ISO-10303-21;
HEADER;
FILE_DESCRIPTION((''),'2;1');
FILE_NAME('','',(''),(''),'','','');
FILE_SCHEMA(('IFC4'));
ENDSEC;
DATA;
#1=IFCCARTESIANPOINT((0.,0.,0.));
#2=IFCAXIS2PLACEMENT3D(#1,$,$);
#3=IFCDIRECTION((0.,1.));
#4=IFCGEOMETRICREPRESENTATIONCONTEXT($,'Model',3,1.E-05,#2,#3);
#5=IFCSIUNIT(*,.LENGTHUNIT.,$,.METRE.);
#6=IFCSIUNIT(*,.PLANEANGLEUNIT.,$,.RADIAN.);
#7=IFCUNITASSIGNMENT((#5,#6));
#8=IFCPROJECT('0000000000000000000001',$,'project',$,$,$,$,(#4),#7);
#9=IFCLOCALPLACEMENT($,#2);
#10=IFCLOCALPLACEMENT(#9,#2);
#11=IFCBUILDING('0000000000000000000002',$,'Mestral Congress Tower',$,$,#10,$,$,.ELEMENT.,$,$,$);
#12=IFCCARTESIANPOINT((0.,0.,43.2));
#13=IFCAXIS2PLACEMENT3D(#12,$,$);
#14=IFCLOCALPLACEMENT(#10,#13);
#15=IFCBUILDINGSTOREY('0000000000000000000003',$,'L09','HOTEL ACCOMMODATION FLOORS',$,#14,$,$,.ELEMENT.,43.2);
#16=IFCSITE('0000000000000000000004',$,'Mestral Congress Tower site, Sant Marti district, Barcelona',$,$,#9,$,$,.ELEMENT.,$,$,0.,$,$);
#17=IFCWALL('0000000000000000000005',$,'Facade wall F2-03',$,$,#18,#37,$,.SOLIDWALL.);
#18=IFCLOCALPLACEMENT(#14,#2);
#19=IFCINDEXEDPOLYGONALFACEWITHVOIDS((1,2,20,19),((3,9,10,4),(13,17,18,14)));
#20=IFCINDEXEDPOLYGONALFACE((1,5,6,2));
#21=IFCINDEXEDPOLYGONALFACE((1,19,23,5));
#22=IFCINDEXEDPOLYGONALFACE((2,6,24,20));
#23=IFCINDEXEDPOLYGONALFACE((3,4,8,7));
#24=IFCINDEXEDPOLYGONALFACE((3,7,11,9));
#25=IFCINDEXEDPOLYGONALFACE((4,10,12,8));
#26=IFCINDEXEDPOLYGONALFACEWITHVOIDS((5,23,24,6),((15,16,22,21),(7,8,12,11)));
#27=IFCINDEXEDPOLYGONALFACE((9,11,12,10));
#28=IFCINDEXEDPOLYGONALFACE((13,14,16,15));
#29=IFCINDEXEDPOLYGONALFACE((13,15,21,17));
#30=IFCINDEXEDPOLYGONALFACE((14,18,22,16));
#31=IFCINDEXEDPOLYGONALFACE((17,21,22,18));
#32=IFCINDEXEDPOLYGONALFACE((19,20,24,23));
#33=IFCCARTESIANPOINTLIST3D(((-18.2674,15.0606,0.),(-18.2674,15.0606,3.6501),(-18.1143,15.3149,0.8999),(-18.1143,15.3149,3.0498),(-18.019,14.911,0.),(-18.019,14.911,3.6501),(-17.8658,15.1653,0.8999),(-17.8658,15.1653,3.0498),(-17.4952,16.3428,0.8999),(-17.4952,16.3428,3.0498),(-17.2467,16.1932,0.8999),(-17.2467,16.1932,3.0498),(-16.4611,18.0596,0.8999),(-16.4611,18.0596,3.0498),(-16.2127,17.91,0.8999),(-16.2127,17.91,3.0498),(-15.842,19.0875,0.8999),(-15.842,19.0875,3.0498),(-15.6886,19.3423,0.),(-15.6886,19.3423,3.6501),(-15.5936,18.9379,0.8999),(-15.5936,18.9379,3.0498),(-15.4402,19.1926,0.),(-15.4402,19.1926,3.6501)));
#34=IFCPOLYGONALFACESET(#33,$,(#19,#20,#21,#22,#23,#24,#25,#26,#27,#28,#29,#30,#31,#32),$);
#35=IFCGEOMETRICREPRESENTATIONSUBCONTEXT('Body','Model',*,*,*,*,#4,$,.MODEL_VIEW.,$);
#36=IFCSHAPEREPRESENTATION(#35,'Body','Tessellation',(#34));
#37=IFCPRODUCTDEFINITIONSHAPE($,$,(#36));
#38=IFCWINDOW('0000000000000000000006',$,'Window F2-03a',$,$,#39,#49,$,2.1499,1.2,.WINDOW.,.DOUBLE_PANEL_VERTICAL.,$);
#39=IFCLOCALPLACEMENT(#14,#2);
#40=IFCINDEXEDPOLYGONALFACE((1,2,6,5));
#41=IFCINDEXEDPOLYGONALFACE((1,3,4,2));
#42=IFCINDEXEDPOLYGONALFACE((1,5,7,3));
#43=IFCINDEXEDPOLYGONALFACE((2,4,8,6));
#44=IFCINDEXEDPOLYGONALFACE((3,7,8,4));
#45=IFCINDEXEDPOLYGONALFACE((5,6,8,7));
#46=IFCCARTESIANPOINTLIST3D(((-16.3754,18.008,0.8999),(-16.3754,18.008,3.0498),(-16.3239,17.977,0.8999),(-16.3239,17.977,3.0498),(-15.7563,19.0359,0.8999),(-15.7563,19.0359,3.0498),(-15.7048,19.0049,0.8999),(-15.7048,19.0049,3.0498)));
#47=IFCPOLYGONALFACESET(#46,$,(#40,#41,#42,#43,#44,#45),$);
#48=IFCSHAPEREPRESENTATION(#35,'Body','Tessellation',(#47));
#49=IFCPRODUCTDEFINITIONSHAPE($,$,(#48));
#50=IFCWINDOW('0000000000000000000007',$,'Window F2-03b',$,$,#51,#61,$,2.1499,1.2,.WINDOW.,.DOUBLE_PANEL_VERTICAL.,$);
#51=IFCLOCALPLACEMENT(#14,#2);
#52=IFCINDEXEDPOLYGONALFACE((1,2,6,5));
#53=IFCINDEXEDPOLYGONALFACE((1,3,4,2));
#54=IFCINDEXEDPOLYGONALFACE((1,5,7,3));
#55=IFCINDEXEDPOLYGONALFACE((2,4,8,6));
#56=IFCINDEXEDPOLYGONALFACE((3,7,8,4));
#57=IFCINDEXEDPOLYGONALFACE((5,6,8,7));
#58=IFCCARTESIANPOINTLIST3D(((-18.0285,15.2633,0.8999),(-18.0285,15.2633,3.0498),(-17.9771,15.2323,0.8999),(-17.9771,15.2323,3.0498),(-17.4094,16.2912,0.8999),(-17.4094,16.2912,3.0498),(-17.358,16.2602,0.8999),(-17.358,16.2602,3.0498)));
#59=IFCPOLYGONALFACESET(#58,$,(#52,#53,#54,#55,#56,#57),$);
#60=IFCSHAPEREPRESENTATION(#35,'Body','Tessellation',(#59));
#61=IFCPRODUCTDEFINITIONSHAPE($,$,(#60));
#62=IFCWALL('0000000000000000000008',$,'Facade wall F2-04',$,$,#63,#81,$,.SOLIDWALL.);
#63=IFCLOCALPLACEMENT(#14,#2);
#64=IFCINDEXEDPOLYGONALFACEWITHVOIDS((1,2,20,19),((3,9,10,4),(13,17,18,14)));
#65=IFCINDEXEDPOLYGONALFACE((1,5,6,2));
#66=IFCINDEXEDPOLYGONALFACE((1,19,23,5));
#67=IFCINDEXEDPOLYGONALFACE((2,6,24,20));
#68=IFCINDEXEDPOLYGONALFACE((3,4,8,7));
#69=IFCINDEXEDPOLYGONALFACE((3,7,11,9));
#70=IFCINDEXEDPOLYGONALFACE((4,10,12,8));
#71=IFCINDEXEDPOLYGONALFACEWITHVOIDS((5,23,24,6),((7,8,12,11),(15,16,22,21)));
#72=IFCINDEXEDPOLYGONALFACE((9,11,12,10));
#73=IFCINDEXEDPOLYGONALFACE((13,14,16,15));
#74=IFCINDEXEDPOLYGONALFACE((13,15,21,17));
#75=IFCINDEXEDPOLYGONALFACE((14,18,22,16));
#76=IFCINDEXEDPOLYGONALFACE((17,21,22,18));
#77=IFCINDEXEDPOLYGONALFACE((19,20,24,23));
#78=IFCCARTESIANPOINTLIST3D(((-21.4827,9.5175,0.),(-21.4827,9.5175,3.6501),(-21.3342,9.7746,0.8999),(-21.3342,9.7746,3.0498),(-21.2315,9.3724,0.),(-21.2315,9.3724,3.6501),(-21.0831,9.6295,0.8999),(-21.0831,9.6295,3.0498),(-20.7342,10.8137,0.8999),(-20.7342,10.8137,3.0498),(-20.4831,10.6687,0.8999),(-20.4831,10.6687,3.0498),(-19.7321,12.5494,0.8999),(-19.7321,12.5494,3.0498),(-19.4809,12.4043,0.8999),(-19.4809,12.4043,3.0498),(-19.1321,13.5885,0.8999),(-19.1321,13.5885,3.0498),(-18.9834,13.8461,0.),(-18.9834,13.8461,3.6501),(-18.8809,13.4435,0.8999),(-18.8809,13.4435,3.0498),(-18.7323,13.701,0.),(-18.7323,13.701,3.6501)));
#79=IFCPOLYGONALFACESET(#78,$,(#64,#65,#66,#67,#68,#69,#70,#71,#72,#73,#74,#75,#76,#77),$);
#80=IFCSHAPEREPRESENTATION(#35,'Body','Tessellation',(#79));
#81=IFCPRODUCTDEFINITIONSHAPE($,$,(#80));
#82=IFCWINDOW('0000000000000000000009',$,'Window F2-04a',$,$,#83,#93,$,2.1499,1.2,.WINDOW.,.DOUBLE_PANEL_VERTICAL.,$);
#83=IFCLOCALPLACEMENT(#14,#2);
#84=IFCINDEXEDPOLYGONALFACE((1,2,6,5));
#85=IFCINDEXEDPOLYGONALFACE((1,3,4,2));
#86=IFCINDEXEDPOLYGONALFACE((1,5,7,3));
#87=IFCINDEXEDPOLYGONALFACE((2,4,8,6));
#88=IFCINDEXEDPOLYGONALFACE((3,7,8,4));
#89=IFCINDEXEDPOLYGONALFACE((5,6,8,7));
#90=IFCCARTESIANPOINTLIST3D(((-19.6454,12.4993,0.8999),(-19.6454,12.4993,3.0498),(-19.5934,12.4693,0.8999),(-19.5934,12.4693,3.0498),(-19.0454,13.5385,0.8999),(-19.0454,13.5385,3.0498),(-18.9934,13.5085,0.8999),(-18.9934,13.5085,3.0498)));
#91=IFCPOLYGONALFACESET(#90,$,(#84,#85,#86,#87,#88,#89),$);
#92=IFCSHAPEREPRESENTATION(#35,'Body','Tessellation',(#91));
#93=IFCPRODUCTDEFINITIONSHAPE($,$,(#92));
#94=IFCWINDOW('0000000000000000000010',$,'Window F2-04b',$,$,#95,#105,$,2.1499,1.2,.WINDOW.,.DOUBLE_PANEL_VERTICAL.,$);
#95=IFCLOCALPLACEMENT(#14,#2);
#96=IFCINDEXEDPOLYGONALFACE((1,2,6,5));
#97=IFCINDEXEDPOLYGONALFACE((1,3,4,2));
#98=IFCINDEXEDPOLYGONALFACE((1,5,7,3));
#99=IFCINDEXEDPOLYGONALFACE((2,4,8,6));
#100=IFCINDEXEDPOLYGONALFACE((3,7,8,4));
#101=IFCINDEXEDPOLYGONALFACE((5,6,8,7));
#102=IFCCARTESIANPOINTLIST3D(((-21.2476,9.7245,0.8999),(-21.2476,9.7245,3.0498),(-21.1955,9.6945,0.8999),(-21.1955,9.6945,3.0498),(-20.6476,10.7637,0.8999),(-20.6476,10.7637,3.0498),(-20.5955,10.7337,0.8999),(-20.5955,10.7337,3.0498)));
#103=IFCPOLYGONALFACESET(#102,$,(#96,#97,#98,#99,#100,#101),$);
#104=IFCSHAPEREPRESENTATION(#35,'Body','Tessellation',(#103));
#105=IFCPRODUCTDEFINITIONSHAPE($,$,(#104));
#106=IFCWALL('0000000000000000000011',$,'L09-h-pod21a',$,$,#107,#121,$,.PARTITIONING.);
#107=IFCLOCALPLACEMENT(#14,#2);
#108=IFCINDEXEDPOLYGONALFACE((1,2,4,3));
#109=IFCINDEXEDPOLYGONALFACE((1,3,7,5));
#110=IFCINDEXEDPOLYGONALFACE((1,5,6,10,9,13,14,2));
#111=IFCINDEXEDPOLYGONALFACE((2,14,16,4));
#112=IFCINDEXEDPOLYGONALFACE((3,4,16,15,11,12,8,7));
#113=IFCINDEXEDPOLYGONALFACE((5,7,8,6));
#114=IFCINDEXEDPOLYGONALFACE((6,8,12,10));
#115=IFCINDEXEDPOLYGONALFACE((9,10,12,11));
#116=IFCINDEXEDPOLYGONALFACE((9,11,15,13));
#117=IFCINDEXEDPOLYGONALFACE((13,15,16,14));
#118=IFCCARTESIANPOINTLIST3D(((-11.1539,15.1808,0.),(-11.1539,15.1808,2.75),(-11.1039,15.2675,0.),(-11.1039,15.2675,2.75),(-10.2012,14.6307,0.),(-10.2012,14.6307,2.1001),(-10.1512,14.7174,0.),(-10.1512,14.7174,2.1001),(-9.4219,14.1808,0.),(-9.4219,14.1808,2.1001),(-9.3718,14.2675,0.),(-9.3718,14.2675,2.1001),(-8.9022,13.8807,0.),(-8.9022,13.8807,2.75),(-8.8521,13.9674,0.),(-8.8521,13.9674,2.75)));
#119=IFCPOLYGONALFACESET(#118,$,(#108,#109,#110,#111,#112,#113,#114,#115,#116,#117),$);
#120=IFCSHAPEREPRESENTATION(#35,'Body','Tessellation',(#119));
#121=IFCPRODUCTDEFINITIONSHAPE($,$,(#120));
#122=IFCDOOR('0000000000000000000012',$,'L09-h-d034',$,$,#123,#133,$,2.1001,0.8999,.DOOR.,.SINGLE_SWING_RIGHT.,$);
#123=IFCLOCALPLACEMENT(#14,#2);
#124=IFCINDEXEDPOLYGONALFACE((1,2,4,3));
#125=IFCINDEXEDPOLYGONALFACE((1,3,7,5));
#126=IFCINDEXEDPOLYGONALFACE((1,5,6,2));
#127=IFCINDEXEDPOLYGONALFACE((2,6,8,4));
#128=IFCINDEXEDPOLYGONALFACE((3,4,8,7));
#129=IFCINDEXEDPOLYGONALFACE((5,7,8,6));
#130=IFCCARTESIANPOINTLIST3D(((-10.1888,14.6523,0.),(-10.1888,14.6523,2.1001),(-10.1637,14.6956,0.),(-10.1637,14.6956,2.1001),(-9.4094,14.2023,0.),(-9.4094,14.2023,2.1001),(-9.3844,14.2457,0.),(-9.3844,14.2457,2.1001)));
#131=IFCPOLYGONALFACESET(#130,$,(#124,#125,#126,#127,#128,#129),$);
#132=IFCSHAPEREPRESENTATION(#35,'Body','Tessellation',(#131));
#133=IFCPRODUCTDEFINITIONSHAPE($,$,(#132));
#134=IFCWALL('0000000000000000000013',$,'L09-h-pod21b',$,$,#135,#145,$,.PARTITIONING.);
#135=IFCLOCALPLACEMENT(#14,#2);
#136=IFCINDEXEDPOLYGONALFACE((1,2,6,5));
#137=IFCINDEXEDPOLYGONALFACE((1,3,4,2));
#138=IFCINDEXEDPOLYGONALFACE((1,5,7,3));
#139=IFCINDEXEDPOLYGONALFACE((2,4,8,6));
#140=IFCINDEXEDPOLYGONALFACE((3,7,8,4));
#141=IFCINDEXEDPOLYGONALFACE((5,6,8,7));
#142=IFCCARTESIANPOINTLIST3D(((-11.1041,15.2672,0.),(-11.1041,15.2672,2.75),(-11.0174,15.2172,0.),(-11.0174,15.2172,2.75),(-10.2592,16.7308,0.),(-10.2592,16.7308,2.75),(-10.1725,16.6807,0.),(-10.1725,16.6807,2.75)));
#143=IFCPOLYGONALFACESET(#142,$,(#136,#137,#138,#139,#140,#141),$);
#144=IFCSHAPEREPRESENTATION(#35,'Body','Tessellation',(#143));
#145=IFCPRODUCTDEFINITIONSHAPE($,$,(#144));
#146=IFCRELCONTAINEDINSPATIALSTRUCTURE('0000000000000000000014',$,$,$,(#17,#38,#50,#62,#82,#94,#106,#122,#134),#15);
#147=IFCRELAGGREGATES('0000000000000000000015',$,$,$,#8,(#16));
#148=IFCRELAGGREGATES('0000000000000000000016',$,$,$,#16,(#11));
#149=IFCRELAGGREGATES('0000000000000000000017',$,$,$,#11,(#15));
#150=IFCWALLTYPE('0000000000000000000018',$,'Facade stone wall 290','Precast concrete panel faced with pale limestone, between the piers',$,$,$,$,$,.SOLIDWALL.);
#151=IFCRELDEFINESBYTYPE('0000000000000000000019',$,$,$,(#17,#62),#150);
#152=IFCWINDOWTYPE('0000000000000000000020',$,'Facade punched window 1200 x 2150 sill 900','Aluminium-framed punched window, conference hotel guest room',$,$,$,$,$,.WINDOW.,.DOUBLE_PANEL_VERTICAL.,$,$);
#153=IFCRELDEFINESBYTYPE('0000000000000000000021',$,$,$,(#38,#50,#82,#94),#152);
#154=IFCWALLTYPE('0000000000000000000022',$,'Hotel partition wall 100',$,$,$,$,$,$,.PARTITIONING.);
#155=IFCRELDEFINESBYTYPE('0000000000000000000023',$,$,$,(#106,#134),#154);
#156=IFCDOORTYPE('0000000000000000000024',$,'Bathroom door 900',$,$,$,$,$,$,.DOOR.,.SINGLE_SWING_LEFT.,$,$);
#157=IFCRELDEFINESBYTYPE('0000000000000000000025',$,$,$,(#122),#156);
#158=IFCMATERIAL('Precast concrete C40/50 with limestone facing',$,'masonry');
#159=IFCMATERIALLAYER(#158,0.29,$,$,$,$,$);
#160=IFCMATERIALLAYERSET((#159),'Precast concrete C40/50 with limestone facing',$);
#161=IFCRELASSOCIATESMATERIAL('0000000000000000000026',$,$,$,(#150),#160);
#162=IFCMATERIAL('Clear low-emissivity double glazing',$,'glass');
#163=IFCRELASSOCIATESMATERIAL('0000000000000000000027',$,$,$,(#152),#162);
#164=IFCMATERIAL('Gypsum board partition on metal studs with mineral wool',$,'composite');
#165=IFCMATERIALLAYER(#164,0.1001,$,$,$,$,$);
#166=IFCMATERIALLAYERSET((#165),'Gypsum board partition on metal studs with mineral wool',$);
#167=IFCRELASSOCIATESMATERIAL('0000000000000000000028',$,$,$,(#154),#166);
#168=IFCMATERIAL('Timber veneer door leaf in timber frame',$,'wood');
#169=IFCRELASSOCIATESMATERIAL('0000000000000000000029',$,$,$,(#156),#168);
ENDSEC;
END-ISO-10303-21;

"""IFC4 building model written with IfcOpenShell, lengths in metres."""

from ifc_helpers import new_model, si_unit, direction, frame, frame_2d, origin, place, context, subcontext, project, spatial, rectangle, extrude, material, layer, layer_set, type_object, element, fill, save


model = new_model("IFC4")

# Units and contexts
model_context = context("Model", 3, precision=1e-05, world=origin(), true_north=direction((0.0, 1.0)))
body_context = subcontext(model_context, "Body", "Model", "MODEL_VIEW")
ifc_project = project(units=[si_unit("LENGTHUNIT", "METRE"), si_unit("PLANEANGLEUNIT", "RADIAN")], contexts=[model_context])

# Site, building, storey
site_placement = place(None, origin())
site = spatial("IfcSite", under=ifc_project, at=site_placement, Name="Mestral Congress Tower site, Sant Marti district, Barcelona", CompositionType="ELEMENT", RefElevation=0.0)
building_placement = place(site_placement, origin())
building = spatial("IfcBuilding", under=site, at=building_placement, Name="Mestral Congress Tower", CompositionType="ELEMENT")
storey_placement = place(building_placement, frame((0.0, 0.0, 43.2)))
storey = spatial("IfcBuildingStorey", under=building, at=storey_placement, Name="L09", Description="HOTEL ACCOMMODATION FLOORS", CompositionType="ELEMENT", Elevation=43.2)

# Walls, openings, windows
ifc_material_1 = material(Name="Precast concrete C40/50 with limestone facing", Category="masonry")
ifc_layer_1 = layer(ifc_material_1, 0.29)
ifc_layer_set_1 = layer_set([ifc_layer_1], Name="Precast concrete C40/50 with limestone facing")
wall_type_1 = type_object("IfcWallType", Name="Facade stone wall 290", Description="Precast concrete panel faced with pale limestone, between the piers", PredefinedType="SOLIDWALL", material=ifc_layer_set_1)
wall_1_placement = place(storey_placement, frame((-15.5645, 19.2673, 0.0), z_axis=(0.0, 0.0, 1.0), x_axis=(-0.515939, -0.856625, 0.0)))
wall_1 = element("IfcWall", 1, at=wall_1_placement, inside=storey, type_object=wall_type_1, Name="Facade wall F2-03", PredefinedType="SOLIDWALL", context=body_context, shape_type="SweptSolid", body=[
    extrude(rectangle(XDim=4.9983, YDim=0.29, at=frame_2d((2.499, 0.0))), origin(), (0.0, 0.0, 1.0), 3.6501),
])
opening_1_placement = place(wall_1_placement, frame((0.2971, 0.0, 0.8999)))
opening_1 = element("IfcOpeningElement", 2, at=opening_1_placement, cuts=wall_1, PredefinedType="OPENING", context=body_context, shape_type="SweptSolid", body=[
    extrude(rectangle(XDim=1.2, YDim=2.1499, at=frame_2d((0.6001, 1.075))), frame((0.0, 0.155, 0.0), z_axis=(0.0, -1.0, 0.0), x_axis=(1.0, 0.0, 0.0)), (0.0, 0.0, 1.0), 0.3101),
])
opening_2_placement = place(wall_1_placement, frame((3.5012, 0.0, 0.8999)))
opening_2 = element("IfcOpeningElement", 3, at=opening_2_placement, cuts=wall_1, PredefinedType="OPENING", context=body_context, shape_type="SweptSolid", body=[
    extrude(rectangle(XDim=1.2, YDim=2.1499, at=frame_2d((0.6001, 1.075))), frame((0.0, 0.155, 0.0), z_axis=(0.0, -1.0, 0.0), x_axis=(1.0, 0.0, 0.0)), (0.0, 0.0, 1.0), 0.3101),
])
ifc_material_2 = material(Name="Clear low-emissivity double glazing", Category="glass")
window_type = type_object("IfcWindowType", Name="Facade punched window 1200 x 2150 sill 900", Description="Aluminium-framed punched window, conference hotel guest room", PartitioningType="DOUBLE_PANEL_VERTICAL", PredefinedType="WINDOW", material=ifc_material_2)
window_1_placement = place(opening_1_placement, origin())
window_1 = element("IfcWindow", 4, at=window_1_placement, inside=storey, type_object=window_type, Name="Window F2-03a", OverallHeight=2.1499, OverallWidth=1.2, PartitioningType="DOUBLE_PANEL_VERTICAL", PredefinedType="WINDOW", context=body_context, shape_type="SweptSolid", body=[
    extrude(rectangle(XDim=1.2, YDim=2.1499, at=frame_2d((0.6001, 1.075))), frame((0.0, 0.0151, 0.0), z_axis=(0.0, -1.0, 0.0), x_axis=(1.0, 0.0, 0.0)), (0.0, 0.0, 1.0), 0.0601),
])
fill(opening_1, window_1)
window_2_placement = place(opening_2_placement, origin())
window_2 = element("IfcWindow", 5, at=window_2_placement, inside=storey, type_object=window_type, Name="Window F2-03b", OverallHeight=2.1499, OverallWidth=1.2, PartitioningType="DOUBLE_PANEL_VERTICAL", PredefinedType="WINDOW", context=body_context, shape_type="SweptSolid", body=[
    extrude(rectangle(XDim=1.2, YDim=2.1499, at=frame_2d((0.6001, 1.075))), frame((0.0, 0.0151, 0.0), z_axis=(0.0, -1.0, 0.0), x_axis=(1.0, 0.0, 0.0)), (0.0, 0.0, 1.0), 0.0601),
])
fill(opening_2, window_2)
wall_2_placement = place(storey_placement, frame((-18.8579, 13.7734, 0.0), z_axis=(0.0, 0.0, 1.0), x_axis=(-0.500021, -0.866013, 0.0)))
wall_2 = element("IfcWall", 6, at=wall_2_placement, inside=storey, type_object=wall_type_1, Name="Facade wall F2-04", PredefinedType="SOLIDWALL", context=body_context, shape_type="SweptSolid", body=[
    extrude(rectangle(XDim=4.9983, YDim=0.29, at=frame_2d((2.499, 0.0))), origin(), (0.0, 0.0, 1.0), 3.6501),
])
opening_3_placement = place(wall_2_placement, frame((0.2971, 0.0, 0.8999)))
opening_3 = element("IfcOpeningElement", 7, at=opening_3_placement, cuts=wall_2, PredefinedType="OPENING", context=body_context, shape_type="SweptSolid", body=[
    extrude(rectangle(XDim=1.2, YDim=2.1499, at=frame_2d((0.6001, 1.075))), frame((0.0, 0.155, 0.0), z_axis=(0.0, -1.0, 0.0), x_axis=(1.0, 0.0, 0.0)), (0.0, 0.0, 1.0), 0.3101),
])
opening_4_placement = place(wall_2_placement, frame((3.5012, 0.0, 0.8999)))
opening_4 = element("IfcOpeningElement", 8, at=opening_4_placement, cuts=wall_2, PredefinedType="OPENING", context=body_context, shape_type="SweptSolid", body=[
    extrude(rectangle(XDim=1.2, YDim=2.1499, at=frame_2d((0.6001, 1.075))), frame((0.0, 0.155, 0.0), z_axis=(0.0, -1.0, 0.0), x_axis=(1.0, 0.0, 0.0)), (0.0, 0.0, 1.0), 0.3101),
])
window_3_placement = place(opening_3_placement, origin())
window_3 = element("IfcWindow", 9, at=window_3_placement, inside=storey, type_object=window_type, Name="Window F2-04a", OverallHeight=2.1499, OverallWidth=1.2, PartitioningType="DOUBLE_PANEL_VERTICAL", PredefinedType="WINDOW", context=body_context, shape_type="SweptSolid", body=[
    extrude(rectangle(XDim=1.2, YDim=2.1499, at=frame_2d((0.6001, 1.075))), frame((0.0, 0.0151, 0.0), z_axis=(0.0, -1.0, 0.0), x_axis=(1.0, 0.0, 0.0)), (0.0, 0.0, 1.0), 0.0601),
])
fill(opening_3, window_3)
window_4_placement = place(opening_4_placement, origin())
window_4 = element("IfcWindow", 10, at=window_4_placement, inside=storey, type_object=window_type, Name="Window F2-04b", OverallHeight=2.1499, OverallWidth=1.2, PartitioningType="DOUBLE_PANEL_VERTICAL", PredefinedType="WINDOW", context=body_context, shape_type="SweptSolid", body=[
    extrude(rectangle(XDim=1.2, YDim=2.1499, at=frame_2d((0.6001, 1.075))), frame((0.0, 0.0151, 0.0), z_axis=(0.0, -1.0, 0.0), x_axis=(1.0, 0.0, 0.0)), (0.0, 0.0, 1.0), 0.0601),
])
fill(opening_4, window_4)

# Wall, opening, door
ifc_material_3 = material(Name="Gypsum board partition on metal studs with mineral wool", Category="composite")
ifc_layer_2 = layer(ifc_material_3, 0.1001)
ifc_layer_set_2 = layer_set([ifc_layer_2], Name="Gypsum board partition on metal studs with mineral wool")
wall_type_2 = type_object("IfcWallType", Name="Hotel partition wall 100", PredefinedType="PARTITIONING", material=ifc_layer_set_2)
wall_3_placement = place(storey_placement, frame((-11.1289, 15.2241, 0.0), z_axis=(0.0, 0.0, 1.0), x_axis=(0.866021, -0.500007, 0.0)))
wall_3 = element("IfcWall", 11, at=wall_3_placement, inside=storey, type_object=wall_type_2, Name="L09-h-pod21a", PredefinedType="PARTITIONING", context=body_context, shape_type="SweptSolid", body=[
    extrude(rectangle(XDim=2.6001, YDim=0.1001, at=frame_2d((1.3, 0.0))), origin(), (0.0, 0.0, 1.0), 2.75),
])
opening_5_placement = place(wall_3_placement, frame((1.1001, 0.0, 0.0)))
opening_5 = element("IfcOpeningElement", 12, at=opening_5_placement, cuts=wall_3, PredefinedType="OPENING", context=body_context, shape_type="SweptSolid", body=[
    extrude(rectangle(XDim=0.8999, YDim=2.1001, at=frame_2d((0.45, 1.05))), frame((0.0, 0.0601, 0.0), z_axis=(0.0, -1.0, 0.0), x_axis=(1.0, 0.0, 0.0)), (0.0, 0.0, 1.0), 0.1201),
])
ifc_material_4 = material(Name="Timber veneer door leaf in timber frame", Category="wood")
door_type_1 = type_object("IfcDoorType", Name="Bathroom door 900", OperationType="SINGLE_SWING_LEFT", PredefinedType="DOOR", material=ifc_material_4)
door_1_placement = place(opening_5_placement, origin())
door_1 = element("IfcDoor", 13, at=door_1_placement, inside=storey, type_object=door_type_1, Name="L09-h-d034", OperationType="SINGLE_SWING_RIGHT", OverallHeight=2.1001, OverallWidth=0.8999, PredefinedType="DOOR", context=body_context, shape_type="SweptSolid", body=[
    extrude(rectangle(XDim=0.8999, YDim=2.1001, at=frame_2d((0.45, 1.05))), frame((0.0, 0.0249, 0.0), z_axis=(0.0, -1.0, 0.0), x_axis=(1.0, 0.0, 0.0)), (0.0, 0.0, 1.0), 0.05),
])
fill(opening_5, door_1)

# Wall
wall_4_placement = place(storey_placement, frame((-11.0608, 15.2422, 0.0), z_axis=(0.0, 0.0, 1.0), x_axis=(0.499977, 0.866039, 0.0)))
element("IfcWall", 14, at=wall_4_placement, inside=storey, type_object=wall_type_2, Name="L09-h-pod21b", PredefinedType="PARTITIONING", context=body_context, shape_type="SweptSolid", body=[
    extrude(rectangle(XDim=1.6899, YDim=0.1001, at=frame_2d((0.845, 0.0))), origin(), (0.0, 0.0, 1.0), 2.75),
])

save(model, "model.ifc")
